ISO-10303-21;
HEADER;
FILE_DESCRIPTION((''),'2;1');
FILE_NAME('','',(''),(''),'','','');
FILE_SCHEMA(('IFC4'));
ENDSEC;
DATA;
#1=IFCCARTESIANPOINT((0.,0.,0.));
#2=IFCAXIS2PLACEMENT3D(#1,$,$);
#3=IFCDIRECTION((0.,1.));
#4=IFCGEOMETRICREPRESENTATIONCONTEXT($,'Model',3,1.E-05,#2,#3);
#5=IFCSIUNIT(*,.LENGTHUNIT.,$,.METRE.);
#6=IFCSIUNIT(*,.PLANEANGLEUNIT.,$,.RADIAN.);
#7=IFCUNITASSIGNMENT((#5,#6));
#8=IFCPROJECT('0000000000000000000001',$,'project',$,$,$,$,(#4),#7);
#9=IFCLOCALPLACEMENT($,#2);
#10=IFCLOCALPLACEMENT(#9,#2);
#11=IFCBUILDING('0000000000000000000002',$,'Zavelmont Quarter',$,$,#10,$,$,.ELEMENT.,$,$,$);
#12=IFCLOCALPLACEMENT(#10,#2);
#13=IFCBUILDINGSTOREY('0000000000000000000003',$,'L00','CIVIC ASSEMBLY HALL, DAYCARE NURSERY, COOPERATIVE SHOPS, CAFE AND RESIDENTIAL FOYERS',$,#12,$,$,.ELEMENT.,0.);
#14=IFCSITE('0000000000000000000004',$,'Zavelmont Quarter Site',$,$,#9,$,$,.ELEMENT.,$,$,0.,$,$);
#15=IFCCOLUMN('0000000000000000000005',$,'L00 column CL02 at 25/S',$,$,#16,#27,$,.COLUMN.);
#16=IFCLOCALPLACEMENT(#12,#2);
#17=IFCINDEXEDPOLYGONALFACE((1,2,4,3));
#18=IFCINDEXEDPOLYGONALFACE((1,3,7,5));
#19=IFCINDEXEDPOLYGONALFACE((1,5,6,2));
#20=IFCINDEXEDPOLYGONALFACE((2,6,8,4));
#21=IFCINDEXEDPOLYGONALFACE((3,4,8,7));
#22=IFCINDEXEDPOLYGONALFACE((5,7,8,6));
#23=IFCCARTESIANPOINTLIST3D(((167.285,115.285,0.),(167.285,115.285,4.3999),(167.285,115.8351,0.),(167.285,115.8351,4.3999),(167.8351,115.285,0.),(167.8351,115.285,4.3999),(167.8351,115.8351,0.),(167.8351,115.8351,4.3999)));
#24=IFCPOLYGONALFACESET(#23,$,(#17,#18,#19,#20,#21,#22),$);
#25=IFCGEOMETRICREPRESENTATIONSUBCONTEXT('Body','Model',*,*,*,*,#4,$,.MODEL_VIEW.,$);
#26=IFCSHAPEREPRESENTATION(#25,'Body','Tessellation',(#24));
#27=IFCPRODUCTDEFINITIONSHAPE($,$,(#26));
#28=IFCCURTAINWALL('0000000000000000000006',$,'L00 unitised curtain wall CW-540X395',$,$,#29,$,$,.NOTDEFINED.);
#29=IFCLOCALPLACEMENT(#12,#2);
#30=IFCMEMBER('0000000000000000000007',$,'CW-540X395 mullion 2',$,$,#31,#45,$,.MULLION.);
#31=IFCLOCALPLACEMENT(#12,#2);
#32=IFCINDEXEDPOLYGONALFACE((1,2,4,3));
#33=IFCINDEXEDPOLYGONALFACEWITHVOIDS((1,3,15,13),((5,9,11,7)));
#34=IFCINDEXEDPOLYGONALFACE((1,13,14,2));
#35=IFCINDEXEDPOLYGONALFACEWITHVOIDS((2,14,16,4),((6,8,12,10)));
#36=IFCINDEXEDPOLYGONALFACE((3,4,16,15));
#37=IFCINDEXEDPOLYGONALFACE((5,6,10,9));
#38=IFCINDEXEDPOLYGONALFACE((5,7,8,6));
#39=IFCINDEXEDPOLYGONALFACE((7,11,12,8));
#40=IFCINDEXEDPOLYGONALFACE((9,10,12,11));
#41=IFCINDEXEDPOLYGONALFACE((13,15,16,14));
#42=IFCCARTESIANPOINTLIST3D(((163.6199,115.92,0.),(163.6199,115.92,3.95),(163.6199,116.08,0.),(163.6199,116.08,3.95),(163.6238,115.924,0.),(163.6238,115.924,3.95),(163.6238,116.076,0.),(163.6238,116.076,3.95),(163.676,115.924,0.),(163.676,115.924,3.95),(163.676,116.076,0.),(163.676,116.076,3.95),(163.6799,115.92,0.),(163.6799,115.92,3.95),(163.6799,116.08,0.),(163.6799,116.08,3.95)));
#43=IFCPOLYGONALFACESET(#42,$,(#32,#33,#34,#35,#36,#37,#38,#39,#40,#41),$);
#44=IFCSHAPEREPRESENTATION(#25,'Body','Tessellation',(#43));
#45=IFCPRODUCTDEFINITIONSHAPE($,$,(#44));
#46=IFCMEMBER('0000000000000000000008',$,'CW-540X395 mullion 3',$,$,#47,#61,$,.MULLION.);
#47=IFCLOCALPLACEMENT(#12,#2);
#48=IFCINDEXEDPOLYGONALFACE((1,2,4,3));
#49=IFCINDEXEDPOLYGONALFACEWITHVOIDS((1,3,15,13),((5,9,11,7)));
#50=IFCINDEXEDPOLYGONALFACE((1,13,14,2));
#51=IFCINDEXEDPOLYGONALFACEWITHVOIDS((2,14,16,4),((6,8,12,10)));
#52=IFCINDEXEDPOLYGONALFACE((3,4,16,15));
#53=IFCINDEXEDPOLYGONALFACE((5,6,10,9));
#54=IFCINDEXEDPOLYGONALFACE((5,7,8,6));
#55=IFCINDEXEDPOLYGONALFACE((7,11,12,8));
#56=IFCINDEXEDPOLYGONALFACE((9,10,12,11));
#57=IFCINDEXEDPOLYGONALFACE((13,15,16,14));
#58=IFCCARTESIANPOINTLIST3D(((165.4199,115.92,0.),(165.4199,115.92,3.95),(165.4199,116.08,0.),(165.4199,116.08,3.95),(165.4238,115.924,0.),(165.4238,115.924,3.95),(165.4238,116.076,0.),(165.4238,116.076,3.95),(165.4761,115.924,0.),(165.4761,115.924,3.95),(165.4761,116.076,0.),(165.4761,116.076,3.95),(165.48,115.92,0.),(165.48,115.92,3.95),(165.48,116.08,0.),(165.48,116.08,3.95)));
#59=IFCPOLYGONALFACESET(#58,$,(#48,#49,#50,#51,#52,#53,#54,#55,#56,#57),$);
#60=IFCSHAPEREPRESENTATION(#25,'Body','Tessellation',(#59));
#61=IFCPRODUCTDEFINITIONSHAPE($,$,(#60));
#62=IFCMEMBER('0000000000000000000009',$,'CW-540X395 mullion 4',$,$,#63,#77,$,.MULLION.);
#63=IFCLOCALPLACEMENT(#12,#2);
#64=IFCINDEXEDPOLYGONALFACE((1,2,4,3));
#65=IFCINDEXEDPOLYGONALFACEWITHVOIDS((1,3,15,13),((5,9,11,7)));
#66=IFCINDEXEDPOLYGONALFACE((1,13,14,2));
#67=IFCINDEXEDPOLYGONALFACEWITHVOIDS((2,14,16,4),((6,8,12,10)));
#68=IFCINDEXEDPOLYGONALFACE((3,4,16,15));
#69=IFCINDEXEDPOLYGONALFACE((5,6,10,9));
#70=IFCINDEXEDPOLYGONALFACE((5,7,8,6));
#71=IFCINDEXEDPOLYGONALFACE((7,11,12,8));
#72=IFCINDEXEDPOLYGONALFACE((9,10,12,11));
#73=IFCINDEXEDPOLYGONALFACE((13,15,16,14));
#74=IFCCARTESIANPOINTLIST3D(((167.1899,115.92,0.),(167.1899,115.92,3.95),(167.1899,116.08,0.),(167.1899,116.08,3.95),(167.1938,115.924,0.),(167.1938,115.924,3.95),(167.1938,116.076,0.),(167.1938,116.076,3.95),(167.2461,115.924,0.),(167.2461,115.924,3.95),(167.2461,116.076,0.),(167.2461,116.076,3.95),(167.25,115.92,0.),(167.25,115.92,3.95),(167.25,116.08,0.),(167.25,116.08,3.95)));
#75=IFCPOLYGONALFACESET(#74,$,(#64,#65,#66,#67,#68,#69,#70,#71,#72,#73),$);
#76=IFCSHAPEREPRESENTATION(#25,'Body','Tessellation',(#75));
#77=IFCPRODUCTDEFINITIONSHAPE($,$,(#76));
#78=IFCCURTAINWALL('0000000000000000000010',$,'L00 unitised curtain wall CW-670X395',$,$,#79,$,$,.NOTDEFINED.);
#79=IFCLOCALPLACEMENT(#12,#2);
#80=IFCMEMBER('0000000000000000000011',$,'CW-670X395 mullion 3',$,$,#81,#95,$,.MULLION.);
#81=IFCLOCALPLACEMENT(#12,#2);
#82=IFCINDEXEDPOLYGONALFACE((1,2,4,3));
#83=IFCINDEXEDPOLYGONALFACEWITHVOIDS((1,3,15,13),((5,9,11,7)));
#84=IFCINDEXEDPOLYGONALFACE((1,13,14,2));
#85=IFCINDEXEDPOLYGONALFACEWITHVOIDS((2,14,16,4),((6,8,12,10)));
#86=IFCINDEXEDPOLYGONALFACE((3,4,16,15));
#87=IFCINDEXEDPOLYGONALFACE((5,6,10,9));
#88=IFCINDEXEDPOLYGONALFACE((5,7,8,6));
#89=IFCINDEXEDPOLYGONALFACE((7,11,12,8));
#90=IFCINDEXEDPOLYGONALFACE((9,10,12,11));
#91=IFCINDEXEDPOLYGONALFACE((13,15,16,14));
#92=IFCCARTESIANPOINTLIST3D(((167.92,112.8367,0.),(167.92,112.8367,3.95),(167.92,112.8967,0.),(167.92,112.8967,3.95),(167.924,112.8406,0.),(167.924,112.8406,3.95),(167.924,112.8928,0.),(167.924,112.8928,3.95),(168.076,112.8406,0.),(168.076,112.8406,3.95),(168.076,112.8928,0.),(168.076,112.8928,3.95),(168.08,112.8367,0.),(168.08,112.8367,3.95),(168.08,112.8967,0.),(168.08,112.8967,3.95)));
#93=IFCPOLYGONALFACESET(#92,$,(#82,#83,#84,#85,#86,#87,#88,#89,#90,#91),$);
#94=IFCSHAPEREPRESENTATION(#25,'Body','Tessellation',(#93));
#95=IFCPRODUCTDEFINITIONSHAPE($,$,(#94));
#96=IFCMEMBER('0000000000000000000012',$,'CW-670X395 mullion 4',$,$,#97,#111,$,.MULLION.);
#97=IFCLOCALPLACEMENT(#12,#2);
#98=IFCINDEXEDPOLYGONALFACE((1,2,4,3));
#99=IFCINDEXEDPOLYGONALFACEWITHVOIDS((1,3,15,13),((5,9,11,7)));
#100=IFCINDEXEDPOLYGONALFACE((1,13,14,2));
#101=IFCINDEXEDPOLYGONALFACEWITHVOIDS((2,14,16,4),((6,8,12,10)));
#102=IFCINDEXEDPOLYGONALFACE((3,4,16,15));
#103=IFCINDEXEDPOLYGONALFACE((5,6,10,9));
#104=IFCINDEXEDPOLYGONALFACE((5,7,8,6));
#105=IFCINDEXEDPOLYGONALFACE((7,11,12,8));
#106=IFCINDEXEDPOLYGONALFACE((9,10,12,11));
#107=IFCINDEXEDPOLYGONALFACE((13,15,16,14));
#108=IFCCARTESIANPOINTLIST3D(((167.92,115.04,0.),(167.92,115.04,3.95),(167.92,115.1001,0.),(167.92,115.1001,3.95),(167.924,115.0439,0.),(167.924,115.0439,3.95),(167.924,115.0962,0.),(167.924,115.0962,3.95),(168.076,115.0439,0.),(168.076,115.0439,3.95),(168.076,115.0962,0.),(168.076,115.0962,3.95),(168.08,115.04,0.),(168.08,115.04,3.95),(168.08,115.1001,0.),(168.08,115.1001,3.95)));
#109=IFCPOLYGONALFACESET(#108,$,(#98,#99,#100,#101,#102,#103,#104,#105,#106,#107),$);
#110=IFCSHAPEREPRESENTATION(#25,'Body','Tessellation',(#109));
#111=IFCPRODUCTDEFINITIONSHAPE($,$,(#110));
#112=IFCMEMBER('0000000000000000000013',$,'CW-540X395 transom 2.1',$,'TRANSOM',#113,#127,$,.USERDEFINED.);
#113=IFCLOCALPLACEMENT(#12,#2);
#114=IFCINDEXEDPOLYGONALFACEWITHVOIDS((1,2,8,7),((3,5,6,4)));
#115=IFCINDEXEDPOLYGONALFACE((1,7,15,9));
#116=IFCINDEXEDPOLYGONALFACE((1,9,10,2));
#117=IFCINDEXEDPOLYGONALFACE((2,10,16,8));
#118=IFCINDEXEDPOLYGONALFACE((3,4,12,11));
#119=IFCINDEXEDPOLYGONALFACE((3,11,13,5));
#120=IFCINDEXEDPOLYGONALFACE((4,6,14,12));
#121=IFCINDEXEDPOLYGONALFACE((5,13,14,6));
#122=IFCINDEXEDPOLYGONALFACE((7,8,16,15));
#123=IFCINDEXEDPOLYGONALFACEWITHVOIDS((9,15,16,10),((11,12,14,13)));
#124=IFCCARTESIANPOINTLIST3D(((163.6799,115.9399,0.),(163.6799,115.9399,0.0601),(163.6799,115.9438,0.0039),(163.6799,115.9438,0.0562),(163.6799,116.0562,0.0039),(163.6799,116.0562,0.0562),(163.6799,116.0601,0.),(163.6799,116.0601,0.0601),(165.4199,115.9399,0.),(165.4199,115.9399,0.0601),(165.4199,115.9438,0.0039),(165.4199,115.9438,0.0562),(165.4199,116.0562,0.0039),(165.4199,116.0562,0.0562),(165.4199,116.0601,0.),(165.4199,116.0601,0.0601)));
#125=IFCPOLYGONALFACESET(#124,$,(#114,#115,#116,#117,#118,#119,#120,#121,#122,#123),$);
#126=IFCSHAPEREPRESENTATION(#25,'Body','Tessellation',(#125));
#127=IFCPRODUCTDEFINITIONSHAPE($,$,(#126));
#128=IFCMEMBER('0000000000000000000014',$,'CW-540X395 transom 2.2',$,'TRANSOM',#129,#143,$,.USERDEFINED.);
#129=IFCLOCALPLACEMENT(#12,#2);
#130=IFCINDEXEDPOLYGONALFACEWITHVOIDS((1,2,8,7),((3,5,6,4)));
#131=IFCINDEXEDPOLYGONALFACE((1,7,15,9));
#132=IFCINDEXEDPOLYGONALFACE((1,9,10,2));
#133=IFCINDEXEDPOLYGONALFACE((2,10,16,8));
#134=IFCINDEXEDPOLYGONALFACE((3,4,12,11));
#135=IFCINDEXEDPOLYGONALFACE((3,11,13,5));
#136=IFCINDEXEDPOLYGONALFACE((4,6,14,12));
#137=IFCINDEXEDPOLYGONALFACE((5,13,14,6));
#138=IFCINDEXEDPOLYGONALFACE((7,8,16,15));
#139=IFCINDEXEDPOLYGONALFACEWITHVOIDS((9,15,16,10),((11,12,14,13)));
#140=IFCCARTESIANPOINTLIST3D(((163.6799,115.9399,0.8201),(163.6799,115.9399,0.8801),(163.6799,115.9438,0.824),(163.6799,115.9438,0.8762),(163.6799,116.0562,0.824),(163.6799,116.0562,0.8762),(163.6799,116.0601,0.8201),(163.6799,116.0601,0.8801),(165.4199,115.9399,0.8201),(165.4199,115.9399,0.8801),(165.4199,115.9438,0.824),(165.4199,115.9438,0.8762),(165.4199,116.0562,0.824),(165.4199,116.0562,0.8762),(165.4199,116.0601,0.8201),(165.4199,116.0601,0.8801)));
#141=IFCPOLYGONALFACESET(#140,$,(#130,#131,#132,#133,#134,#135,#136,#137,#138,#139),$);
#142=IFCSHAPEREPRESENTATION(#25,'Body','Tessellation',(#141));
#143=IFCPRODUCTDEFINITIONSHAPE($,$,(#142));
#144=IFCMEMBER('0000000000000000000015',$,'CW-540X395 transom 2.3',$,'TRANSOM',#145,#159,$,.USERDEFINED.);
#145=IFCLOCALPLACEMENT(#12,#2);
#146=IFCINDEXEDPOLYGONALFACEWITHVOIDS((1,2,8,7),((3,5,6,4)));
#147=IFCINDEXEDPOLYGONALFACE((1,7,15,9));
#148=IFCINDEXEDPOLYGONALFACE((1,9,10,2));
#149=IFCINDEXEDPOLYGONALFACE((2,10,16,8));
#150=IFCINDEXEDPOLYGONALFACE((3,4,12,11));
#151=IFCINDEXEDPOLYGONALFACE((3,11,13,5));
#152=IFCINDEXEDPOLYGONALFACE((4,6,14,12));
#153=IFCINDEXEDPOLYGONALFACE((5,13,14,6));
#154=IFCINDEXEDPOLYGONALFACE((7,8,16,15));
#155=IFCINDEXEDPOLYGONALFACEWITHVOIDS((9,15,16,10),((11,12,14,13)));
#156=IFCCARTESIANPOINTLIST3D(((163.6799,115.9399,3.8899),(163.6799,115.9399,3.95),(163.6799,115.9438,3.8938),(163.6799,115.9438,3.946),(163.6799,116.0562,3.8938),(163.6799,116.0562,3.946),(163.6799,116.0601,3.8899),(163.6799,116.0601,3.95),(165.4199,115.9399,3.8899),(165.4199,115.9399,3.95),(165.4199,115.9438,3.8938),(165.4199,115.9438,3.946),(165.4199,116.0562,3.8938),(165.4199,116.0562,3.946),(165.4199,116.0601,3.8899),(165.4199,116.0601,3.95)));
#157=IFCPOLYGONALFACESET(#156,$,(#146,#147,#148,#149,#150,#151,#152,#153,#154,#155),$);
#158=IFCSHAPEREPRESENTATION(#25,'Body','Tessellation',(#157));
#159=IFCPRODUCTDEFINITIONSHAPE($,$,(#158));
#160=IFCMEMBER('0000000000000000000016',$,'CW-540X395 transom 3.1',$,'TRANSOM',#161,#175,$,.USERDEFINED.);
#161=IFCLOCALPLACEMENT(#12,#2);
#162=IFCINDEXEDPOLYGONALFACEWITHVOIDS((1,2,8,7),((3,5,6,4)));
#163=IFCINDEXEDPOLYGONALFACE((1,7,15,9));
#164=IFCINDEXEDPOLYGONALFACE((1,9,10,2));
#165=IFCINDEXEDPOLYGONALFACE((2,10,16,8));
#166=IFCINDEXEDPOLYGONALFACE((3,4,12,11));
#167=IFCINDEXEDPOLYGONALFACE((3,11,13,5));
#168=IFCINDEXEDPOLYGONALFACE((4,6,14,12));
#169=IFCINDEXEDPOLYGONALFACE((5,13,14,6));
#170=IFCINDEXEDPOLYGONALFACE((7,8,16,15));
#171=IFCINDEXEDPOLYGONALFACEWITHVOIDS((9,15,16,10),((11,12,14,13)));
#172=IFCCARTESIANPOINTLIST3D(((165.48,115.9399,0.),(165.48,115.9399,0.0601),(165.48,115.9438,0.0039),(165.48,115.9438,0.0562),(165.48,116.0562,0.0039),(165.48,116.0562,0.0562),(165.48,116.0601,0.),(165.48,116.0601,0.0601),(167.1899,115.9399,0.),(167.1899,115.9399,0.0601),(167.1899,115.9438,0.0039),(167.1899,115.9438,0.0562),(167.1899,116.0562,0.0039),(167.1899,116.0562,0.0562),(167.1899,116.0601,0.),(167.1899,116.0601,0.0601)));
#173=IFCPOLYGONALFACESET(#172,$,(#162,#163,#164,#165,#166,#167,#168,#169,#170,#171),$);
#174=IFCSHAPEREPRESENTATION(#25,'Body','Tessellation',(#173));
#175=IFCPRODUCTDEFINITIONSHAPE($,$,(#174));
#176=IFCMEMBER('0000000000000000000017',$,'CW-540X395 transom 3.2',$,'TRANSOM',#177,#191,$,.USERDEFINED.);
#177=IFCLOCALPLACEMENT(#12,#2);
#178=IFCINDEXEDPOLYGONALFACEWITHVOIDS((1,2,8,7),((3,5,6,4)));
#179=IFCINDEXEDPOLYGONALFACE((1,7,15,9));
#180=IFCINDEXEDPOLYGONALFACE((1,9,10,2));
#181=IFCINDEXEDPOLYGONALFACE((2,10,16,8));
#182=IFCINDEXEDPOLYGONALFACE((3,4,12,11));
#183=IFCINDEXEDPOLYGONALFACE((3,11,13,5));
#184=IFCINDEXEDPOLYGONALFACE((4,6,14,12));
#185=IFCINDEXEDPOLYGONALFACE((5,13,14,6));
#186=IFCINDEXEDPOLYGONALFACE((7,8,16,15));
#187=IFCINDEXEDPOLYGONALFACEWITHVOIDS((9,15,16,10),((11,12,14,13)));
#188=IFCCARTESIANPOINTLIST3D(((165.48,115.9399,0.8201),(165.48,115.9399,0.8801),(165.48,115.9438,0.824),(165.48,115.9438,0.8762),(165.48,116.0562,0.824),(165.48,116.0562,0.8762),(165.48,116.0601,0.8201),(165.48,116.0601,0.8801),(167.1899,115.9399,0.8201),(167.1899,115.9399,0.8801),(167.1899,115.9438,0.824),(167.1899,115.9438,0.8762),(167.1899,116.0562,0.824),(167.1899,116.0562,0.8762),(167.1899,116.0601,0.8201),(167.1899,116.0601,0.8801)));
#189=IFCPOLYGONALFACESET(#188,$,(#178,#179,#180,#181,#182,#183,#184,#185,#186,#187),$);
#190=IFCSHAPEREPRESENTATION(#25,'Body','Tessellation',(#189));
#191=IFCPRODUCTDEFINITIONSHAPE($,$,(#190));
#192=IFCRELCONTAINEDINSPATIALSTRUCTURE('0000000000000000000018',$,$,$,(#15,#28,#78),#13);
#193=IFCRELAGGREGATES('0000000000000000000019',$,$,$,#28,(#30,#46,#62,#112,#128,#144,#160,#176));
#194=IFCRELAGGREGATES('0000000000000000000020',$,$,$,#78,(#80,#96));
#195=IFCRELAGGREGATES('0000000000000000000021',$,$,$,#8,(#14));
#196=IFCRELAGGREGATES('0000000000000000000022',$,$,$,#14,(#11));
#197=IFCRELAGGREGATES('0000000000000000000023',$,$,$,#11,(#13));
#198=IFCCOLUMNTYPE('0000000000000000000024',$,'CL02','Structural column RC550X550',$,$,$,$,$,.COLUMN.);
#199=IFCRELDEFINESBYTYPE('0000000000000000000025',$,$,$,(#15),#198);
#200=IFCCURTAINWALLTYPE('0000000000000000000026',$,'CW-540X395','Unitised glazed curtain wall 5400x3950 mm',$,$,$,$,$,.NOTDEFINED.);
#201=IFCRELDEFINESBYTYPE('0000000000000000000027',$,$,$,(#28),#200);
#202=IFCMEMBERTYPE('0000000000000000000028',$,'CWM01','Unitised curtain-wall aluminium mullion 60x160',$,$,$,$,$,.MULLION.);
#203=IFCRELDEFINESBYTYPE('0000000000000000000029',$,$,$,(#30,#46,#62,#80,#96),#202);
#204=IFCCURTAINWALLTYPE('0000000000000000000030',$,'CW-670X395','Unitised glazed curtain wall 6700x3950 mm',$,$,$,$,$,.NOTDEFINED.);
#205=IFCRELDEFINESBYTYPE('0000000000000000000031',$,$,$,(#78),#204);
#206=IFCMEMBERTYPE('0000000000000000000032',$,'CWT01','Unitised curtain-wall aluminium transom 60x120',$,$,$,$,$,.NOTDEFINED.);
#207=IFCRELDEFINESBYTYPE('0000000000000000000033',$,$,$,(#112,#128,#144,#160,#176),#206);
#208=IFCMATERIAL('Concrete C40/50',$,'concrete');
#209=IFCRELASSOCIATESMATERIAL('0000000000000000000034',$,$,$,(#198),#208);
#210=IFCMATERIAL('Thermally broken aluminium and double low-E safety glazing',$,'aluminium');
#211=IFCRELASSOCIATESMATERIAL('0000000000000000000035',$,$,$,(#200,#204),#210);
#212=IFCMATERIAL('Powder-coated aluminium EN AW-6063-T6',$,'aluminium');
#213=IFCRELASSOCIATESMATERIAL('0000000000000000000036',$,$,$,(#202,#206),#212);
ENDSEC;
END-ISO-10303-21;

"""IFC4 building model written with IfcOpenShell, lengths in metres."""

from ifc_helpers import new_model, si_unit, direction, frame, origin, origin_2d, place, context, subcontext, project, spatial, rectangle, hollow_rectangle, extrude, material, material_profile, profile_set, type_object, element, aggregate, save


model = new_model("IFC4")

# Units and contexts
model_context = context("Model", 3, precision=1e-05, world=origin(), true_north=direction((0.0, 1.0)))
body_context = subcontext(model_context, "Body", "Model", "MODEL_VIEW")
ifc_project = project(units=[si_unit("LENGTHUNIT", "METRE"), si_unit("PLANEANGLEUNIT", "RADIAN")], contexts=[model_context])

# Site, building, storey
site_placement = place(None, origin())
site = spatial("IfcSite", under=ifc_project, at=site_placement, Name="Zavelmont Quarter Site", CompositionType="ELEMENT", RefElevation=0.0)
building_placement = place(site_placement, origin())
building = spatial("IfcBuilding", under=site, at=building_placement, Name="Zavelmont Quarter", CompositionType="ELEMENT")
storey_placement = place(building_placement, origin())
storey = spatial("IfcBuildingStorey", under=building, at=storey_placement, Name="L00", Description="CIVIC ASSEMBLY HALL, DAYCARE NURSERY, COOPERATIVE SHOPS, CAFE AND RESIDENTIAL FOYERS", CompositionType="ELEMENT", Elevation=0.0)

# Column
ifc_material_1 = material(Name="Concrete C40/50", Category="concrete")
ifc_material_profile_1 = material_profile(ifc_material_1, rectangle(XDim=0.55, YDim=0.55, at=origin_2d()), Name="RC550X550")
ifc_profile_set_1 = profile_set([ifc_material_profile_1], Name="Concrete C40/50")
column_type = type_object("IfcColumnType", Name="CL02", Description="Structural column RC550X550", PredefinedType="COLUMN", material=ifc_profile_set_1)
column_placement = place(storey_placement, frame((167.5601, 115.5601, 0.0), z_axis=(0.0, 0.0, 1.0), x_axis=(1.0, 0.0, 0.0)))
element("IfcColumn", 1, at=column_placement, inside=storey, type_object=column_type, Name="L00 column CL02 at 25/S", PredefinedType="COLUMN", context=body_context, shape_type="SweptSolid", body=[
    extrude(rectangle(XDim=0.55, YDim=0.55, at=origin_2d()), origin(), (0.0, 0.0, 1.0), 4.3999),
])

# Curtain walls, members
ifc_material_2 = material(Name="Thermally broken aluminium and double low-E safety glazing", Category="aluminium")
curtain_wall_type_1 = type_object("IfcCurtainWallType", Name="CW-540X395", Description="Unitised glazed curtain wall 5400x3950 mm", PredefinedType="NOTDEFINED", material=ifc_material_2)
curtain_wall_1_placement = place(storey_placement, origin())
curtain_wall_1 = element("IfcCurtainWall", 2, at=curtain_wall_1_placement, inside=storey, type_object=curtain_wall_type_1, Name="L00 unitised curtain wall CW-540X395", PredefinedType="NOTDEFINED")
ifc_material_3 = material(Name="Powder-coated aluminium EN AW-6063-T6", Category="aluminium")
ifc_material_profile_2 = material_profile(ifc_material_3, hollow_rectangle(XDim=0.0601, YDim=0.1599, WallThickness=0.0039, at=origin_2d()), Name="CWM60X160")
ifc_profile_set_2 = profile_set([ifc_material_profile_2], Name="Powder-coated aluminium EN AW-6063-T6")
member_type_1 = type_object("IfcMemberType", Name="CWM01", Description="Unitised curtain-wall aluminium mullion 60x160", PredefinedType="MULLION", material=ifc_profile_set_2)
member_1_placement = place(storey_placement, frame((163.6499, 116.0, 0.0), z_axis=(0.0, 0.0, 1.0), x_axis=(1.0, 0.0, 0.0)))
member_1 = element("IfcMember", 3, at=member_1_placement, type_object=member_type_1, Name="CW-540X395 mullion 2", PredefinedType="MULLION", context=body_context, shape_type="SweptSolid", body=[
    extrude(hollow_rectangle(XDim=0.0601, YDim=0.1599, WallThickness=0.0039, at=origin_2d()), origin(), (0.0, 0.0, 1.0), 3.95),
])
member_2_placement = place(storey_placement, frame((165.45, 116.0, 0.0), z_axis=(0.0, 0.0, 1.0), x_axis=(1.0, 0.0, 0.0)))
member_2 = element("IfcMember", 4, at=member_2_placement, type_object=member_type_1, Name="CW-540X395 mullion 3", PredefinedType="MULLION", context=body_context, shape_type="SweptSolid", body=[
    extrude(hollow_rectangle(XDim=0.0601, YDim=0.1599, WallThickness=0.0039, at=origin_2d()), origin(), (0.0, 0.0, 1.0), 3.95),
])
member_3_placement = place(storey_placement, frame((167.22, 116.0, 0.0), z_axis=(0.0, 0.0, 1.0), x_axis=(1.0, 0.0, 0.0)))
member_3 = element("IfcMember", 5, at=member_3_placement, type_object=member_type_1, Name="CW-540X395 mullion 4", PredefinedType="MULLION", context=body_context, shape_type="SweptSolid", body=[
    extrude(hollow_rectangle(XDim=0.0601, YDim=0.1599, WallThickness=0.0039, at=origin_2d()), origin(), (0.0, 0.0, 1.0), 3.95),
])
curtain_wall_type_2 = type_object("IfcCurtainWallType", Name="CW-670X395", Description="Unitised glazed curtain wall 6700x3950 mm", PredefinedType="NOTDEFINED", material=ifc_material_2)
curtain_wall_2_placement = place(storey_placement, origin())
curtain_wall_2 = element("IfcCurtainWall", 6, at=curtain_wall_2_placement, inside=storey, type_object=curtain_wall_type_2, Name="L00 unitised curtain wall CW-670X395", PredefinedType="NOTDEFINED")
member_4_placement = place(storey_placement, frame((168.0, 112.8667, 0.0), z_axis=(0.0, 0.0, 1.0), x_axis=(0.0, 1.0, 0.0)))
member_4 = element("IfcMember", 7, at=member_4_placement, type_object=member_type_1, Name="CW-670X395 mullion 3", PredefinedType="MULLION", context=body_context, shape_type="SweptSolid", body=[
    extrude(hollow_rectangle(XDim=0.0601, YDim=0.1599, WallThickness=0.0039, at=origin_2d()), origin(), (0.0, 0.0, 1.0), 3.95),
])
member_5_placement = place(storey_placement, frame((168.0, 115.0701, 0.0), z_axis=(0.0, 0.0, 1.0), x_axis=(0.0, 1.0, 0.0)))
member_5 = element("IfcMember", 8, at=member_5_placement, type_object=member_type_1, Name="CW-670X395 mullion 4", PredefinedType="MULLION", context=body_context, shape_type="SweptSolid", body=[
    extrude(hollow_rectangle(XDim=0.0601, YDim=0.1599, WallThickness=0.0039, at=origin_2d()), origin(), (0.0, 0.0, 1.0), 3.95),
])

# Members
ifc_material_profile_3 = material_profile(ifc_material_3, hollow_rectangle(XDim=0.1201, YDim=0.0601, WallThickness=0.0039, at=origin_2d()), Name="CWT60X120")
ifc_profile_set_3 = profile_set([ifc_material_profile_3], Name="Powder-coated aluminium EN AW-6063-T6")
member_type_2 = type_object("IfcMemberType", Name="CWT01", Description="Unitised curtain-wall aluminium transom 60x120", PredefinedType="NOTDEFINED", material=ifc_profile_set_3)
member_6_placement = place(storey_placement, frame((163.6799, 116.0, 0.03), z_axis=(1.0, 0.0, 0.0), x_axis=(0.0, 1.0, 0.0)))
member_6 = element("IfcMember", 9, at=member_6_placement, type_object=member_type_2, Name="CW-540X395 transom 2.1", ObjectType="TRANSOM", PredefinedType="USERDEFINED", context=body_context, shape_type="SweptSolid", body=[
    extrude(hollow_rectangle(XDim=0.1201, YDim=0.0601, WallThickness=0.0039, at=origin_2d()), origin(), (0.0, 0.0, 1.0), 1.74),
])
member_7_placement = place(storey_placement, frame((163.6799, 116.0, 0.8501), z_axis=(1.0, 0.0, 0.0), x_axis=(0.0, 1.0, 0.0)))
member_7 = element("IfcMember", 10, at=member_7_placement, type_object=member_type_2, Name="CW-540X395 transom 2.2", ObjectType="TRANSOM", PredefinedType="USERDEFINED", context=body_context, shape_type="SweptSolid", body=[
    extrude(hollow_rectangle(XDim=0.1201, YDim=0.0601, WallThickness=0.0039, at=origin_2d()), origin(), (0.0, 0.0, 1.0), 1.74),
])
member_8_placement = place(storey_placement, frame((163.6799, 116.0, 3.9199), z_axis=(1.0, 0.0, 0.0), x_axis=(0.0, 1.0, 0.0)))
member_8 = element("IfcMember", 11, at=member_8_placement, type_object=member_type_2, Name="CW-540X395 transom 2.3", ObjectType="TRANSOM", PredefinedType="USERDEFINED", context=body_context, shape_type="SweptSolid", body=[
    extrude(hollow_rectangle(XDim=0.1201, YDim=0.0601, WallThickness=0.0039, at=origin_2d()), origin(), (0.0, 0.0, 1.0), 1.74),
])
member_9_placement = place(storey_placement, frame((165.48, 116.0, 0.03), z_axis=(1.0, 0.0, 0.0), x_axis=(0.0, 1.0, 0.0)))
member_9 = element("IfcMember", 12, at=member_9_placement, type_object=member_type_2, Name="CW-540X395 transom 3.1", ObjectType="TRANSOM", PredefinedType="USERDEFINED", context=body_context, shape_type="SweptSolid", body=[
    extrude(hollow_rectangle(XDim=0.1201, YDim=0.0601, WallThickness=0.0039, at=origin_2d()), origin(), (0.0, 0.0, 1.0), 1.71),
])
member_10_placement = place(storey_placement, frame((165.48, 116.0, 0.8501), z_axis=(1.0, 0.0, 0.0), x_axis=(0.0, 1.0, 0.0)))
member_10 = element("IfcMember", 13, at=member_10_placement, type_object=member_type_2, Name="CW-540X395 transom 3.2", ObjectType="TRANSOM", PredefinedType="USERDEFINED", context=body_context, shape_type="SweptSolid", body=[
    extrude(hollow_rectangle(XDim=0.1201, YDim=0.0601, WallThickness=0.0039, at=origin_2d()), origin(), (0.0, 0.0, 1.0), 1.71),
])

aggregate(curtain_wall_1, [member_1, member_2, member_3, member_6, member_7, member_8, member_9, member_10])
aggregate(curtain_wall_2, [member_4, member_5])

save(model, "model.ifc")
